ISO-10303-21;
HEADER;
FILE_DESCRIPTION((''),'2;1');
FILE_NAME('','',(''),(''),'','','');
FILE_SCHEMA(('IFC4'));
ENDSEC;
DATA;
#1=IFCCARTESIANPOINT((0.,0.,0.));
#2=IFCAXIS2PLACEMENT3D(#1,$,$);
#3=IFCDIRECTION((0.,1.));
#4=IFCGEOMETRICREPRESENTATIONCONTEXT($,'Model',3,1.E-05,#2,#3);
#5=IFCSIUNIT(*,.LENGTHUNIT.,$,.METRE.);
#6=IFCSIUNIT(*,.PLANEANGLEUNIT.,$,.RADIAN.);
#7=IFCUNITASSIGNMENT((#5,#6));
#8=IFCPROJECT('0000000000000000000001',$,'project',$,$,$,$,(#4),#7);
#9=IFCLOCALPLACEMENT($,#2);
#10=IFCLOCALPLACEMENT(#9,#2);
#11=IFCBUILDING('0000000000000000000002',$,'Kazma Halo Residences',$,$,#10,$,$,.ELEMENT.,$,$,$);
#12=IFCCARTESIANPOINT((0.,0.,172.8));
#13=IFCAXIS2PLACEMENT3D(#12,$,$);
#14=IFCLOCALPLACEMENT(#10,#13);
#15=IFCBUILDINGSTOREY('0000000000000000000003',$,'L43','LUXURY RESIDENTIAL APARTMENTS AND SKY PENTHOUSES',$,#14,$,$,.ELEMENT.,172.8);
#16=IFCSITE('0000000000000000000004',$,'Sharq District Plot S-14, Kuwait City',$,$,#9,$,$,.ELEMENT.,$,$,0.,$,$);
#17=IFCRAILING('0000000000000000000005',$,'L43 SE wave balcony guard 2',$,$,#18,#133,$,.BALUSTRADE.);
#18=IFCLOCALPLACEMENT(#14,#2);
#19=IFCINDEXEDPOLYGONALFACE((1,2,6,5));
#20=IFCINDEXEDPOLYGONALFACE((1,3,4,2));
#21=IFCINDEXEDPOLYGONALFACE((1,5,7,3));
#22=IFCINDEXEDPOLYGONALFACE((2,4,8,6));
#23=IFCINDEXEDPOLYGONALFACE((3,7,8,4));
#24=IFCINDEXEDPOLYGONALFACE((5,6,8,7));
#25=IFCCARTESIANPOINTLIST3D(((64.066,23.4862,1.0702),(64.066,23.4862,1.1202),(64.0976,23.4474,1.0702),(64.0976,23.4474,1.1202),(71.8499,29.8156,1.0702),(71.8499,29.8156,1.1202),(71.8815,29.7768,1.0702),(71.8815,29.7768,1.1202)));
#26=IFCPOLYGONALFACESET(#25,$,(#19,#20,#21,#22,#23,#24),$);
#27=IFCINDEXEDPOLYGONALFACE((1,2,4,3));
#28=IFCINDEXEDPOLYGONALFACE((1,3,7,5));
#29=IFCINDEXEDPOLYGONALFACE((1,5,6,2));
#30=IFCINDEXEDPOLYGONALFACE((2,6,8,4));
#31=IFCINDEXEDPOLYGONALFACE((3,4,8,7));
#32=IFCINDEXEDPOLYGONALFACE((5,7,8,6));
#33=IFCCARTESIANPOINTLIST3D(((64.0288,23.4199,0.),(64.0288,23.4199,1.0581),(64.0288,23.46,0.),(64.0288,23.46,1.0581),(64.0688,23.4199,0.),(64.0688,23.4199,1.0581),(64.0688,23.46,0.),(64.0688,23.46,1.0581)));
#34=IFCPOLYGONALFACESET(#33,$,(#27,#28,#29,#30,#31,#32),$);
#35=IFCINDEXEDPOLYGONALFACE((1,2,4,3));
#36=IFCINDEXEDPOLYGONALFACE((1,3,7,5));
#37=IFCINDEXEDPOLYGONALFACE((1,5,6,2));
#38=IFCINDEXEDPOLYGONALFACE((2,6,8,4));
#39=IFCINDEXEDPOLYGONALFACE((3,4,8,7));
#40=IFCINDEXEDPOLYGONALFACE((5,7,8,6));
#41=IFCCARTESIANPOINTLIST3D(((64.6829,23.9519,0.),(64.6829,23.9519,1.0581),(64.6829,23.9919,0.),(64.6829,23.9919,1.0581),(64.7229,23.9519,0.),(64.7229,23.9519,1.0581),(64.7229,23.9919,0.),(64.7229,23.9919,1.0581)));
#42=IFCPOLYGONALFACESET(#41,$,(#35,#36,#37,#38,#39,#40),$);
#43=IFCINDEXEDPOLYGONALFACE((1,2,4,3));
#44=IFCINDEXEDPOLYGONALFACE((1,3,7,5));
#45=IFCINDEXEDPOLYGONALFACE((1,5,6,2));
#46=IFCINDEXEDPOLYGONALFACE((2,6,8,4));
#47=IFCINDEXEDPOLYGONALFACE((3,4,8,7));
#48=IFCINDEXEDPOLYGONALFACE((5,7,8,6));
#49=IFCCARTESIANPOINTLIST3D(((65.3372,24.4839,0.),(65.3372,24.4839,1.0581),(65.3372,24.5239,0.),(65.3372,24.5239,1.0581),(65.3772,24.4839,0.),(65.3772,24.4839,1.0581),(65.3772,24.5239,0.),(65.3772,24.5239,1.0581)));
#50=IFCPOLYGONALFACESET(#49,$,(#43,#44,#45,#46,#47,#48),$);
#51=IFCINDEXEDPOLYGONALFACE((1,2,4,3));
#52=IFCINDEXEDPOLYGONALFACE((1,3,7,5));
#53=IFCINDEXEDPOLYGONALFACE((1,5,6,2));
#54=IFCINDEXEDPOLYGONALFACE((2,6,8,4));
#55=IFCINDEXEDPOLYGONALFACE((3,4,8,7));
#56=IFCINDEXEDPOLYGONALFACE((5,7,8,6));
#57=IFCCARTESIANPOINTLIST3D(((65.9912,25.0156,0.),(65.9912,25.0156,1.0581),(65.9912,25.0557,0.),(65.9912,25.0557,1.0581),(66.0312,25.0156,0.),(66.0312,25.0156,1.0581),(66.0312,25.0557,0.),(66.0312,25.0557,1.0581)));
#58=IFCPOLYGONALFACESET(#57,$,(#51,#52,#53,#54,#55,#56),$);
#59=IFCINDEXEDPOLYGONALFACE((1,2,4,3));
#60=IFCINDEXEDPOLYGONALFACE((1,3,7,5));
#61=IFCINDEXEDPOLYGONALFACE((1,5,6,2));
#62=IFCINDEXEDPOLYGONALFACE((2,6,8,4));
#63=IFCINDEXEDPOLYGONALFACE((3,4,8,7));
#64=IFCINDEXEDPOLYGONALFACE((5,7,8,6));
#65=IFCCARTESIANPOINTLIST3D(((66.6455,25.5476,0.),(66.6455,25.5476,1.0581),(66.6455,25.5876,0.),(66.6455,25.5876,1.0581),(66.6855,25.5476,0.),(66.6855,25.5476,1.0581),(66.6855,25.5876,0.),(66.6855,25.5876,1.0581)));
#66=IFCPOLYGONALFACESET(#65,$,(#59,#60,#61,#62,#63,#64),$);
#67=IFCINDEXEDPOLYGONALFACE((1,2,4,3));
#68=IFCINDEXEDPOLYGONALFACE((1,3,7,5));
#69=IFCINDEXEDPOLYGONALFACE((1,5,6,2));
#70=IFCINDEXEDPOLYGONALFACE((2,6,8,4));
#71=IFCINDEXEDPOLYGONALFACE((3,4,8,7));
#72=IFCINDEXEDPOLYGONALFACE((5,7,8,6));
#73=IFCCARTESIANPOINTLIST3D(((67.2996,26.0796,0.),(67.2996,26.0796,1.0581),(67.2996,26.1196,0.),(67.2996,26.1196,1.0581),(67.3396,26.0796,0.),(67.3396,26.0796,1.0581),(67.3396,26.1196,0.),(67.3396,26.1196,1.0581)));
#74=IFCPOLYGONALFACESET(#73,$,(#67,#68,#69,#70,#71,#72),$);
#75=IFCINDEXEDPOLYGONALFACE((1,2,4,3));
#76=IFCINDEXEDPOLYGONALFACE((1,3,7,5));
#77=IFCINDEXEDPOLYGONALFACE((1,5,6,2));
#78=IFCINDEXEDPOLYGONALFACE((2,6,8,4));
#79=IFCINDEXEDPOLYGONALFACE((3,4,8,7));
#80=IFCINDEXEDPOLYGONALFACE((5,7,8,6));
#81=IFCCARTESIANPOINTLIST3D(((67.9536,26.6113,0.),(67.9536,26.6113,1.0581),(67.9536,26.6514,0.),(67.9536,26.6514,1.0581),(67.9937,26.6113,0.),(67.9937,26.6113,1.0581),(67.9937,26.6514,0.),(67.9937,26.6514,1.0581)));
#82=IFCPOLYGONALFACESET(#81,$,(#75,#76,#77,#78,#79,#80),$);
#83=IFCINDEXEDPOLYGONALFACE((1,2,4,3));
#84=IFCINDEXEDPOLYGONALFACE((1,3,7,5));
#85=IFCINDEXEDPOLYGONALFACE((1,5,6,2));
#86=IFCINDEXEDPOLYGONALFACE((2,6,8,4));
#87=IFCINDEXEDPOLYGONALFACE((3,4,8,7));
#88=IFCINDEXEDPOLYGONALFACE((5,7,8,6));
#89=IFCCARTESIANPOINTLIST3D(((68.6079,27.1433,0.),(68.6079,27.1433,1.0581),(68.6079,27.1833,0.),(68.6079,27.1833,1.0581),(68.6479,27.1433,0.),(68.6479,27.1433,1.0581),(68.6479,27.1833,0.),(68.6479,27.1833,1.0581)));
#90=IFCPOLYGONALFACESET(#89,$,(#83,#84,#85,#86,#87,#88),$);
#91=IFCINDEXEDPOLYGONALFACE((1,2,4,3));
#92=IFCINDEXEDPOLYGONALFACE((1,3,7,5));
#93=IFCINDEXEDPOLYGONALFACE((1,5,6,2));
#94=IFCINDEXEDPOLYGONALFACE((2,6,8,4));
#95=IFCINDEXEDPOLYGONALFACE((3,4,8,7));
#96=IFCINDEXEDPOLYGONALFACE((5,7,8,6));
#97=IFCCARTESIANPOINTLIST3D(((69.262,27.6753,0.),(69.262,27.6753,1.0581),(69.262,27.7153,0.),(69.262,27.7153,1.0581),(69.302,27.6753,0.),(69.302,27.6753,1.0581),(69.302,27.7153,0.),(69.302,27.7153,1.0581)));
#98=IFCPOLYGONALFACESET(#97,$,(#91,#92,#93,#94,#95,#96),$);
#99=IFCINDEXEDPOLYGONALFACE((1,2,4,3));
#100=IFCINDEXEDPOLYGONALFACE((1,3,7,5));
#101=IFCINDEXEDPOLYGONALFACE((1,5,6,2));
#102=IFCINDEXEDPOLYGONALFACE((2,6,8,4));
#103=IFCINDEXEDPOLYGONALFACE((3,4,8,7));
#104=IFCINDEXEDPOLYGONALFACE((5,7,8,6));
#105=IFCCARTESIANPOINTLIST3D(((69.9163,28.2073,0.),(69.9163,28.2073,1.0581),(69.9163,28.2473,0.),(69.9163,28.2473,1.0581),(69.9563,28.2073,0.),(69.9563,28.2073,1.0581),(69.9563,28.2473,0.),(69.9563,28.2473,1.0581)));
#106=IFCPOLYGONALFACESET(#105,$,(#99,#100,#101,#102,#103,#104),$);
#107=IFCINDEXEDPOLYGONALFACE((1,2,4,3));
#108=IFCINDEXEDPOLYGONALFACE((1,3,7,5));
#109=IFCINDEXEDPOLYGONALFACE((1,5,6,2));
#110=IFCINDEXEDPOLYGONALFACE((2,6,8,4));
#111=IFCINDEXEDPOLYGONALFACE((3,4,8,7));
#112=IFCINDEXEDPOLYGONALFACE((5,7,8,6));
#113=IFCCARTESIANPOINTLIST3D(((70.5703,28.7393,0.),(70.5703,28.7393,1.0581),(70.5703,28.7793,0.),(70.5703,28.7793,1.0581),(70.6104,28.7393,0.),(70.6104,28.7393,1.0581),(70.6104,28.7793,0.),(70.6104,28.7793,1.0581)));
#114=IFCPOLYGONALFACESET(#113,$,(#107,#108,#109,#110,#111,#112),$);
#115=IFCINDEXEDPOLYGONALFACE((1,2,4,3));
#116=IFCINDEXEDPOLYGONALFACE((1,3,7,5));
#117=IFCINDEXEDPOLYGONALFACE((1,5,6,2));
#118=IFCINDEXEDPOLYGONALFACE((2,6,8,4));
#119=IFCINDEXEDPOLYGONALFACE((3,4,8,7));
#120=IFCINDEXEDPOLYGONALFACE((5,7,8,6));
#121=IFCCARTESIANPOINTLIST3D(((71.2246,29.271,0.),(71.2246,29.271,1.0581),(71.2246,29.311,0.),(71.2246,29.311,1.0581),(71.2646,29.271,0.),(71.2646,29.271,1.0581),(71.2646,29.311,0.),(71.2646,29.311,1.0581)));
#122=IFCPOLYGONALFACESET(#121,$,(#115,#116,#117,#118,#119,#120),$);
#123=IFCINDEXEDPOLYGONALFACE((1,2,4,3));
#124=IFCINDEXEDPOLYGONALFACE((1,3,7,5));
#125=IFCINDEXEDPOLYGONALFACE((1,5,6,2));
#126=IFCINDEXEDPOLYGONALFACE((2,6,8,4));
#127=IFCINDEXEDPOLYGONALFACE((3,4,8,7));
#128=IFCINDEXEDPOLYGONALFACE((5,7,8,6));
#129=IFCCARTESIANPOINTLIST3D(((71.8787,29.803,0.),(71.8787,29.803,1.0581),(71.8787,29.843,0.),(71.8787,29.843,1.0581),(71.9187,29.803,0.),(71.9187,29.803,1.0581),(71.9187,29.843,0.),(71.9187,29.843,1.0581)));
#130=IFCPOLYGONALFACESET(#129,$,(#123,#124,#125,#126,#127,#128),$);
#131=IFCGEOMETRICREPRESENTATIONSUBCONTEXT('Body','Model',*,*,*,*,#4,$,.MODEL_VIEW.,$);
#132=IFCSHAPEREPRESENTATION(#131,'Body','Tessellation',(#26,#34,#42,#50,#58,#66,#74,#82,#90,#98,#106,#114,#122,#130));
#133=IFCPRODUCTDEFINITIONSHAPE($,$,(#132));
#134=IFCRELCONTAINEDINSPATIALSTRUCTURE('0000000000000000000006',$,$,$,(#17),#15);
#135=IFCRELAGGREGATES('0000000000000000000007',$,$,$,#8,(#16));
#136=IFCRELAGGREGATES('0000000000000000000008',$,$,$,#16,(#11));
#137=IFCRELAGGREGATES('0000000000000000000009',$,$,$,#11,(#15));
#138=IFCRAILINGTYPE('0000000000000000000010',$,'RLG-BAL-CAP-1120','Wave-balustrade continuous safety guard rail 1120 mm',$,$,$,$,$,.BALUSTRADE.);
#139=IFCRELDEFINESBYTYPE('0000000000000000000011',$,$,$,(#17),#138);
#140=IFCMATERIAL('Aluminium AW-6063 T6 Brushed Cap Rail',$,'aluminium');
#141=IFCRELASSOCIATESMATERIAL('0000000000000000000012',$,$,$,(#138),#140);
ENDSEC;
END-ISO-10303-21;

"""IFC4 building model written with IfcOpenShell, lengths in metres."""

from ifc_helpers import new_model, si_unit, direction, frame, origin, origin_2d, place, context, subcontext, project, spatial, rectangle, extrude, material, type_object, element, save


model = new_model("IFC4")

# Units and contexts
model_context = context("Model", 3, precision=1e-05, world=origin(), true_north=direction((0.0, 1.0)))
body_context = subcontext(model_context, "Body", "Model", "MODEL_VIEW")
ifc_project = project(units=[si_unit("LENGTHUNIT", "METRE"), si_unit("PLANEANGLEUNIT", "RADIAN")], contexts=[model_context])

# Site, building, storey
site_placement = place(None, origin())
site = spatial("IfcSite", under=ifc_project, at=site_placement, Name="Sharq District Plot S-14, Kuwait City", CompositionType="ELEMENT", RefElevation=0.0)
building_placement = place(site_placement, origin())
building = spatial("IfcBuilding", under=site, at=building_placement, Name="Kazma Halo Residences", CompositionType="ELEMENT")
storey_placement = place(building_placement, frame((0.0, 0.0, 172.8)))
storey = spatial("IfcBuildingStorey", under=building, at=storey_placement, Name="L43", Description="LUXURY RESIDENTIAL APARTMENTS AND SKY PENTHOUSES", CompositionType="ELEMENT", Elevation=172.8)

# Railing
ifc_material_1 = material(Name="Aluminium AW-6063 T6 Brushed Cap Rail", Category="aluminium")
railing_type = type_object("IfcRailingType", Name="RLG-BAL-CAP-1120", Description="Wave-balustrade continuous safety guard rail 1120 mm", PredefinedType="BALUSTRADE", material=ifc_material_1)
railing_1_placement = place(storey_placement, frame((64.0488, 23.4399, 0.0)))
element("IfcRailing", 1, at=railing_1_placement, inside=storey, type_object=railing_type, Name="L43 SE wave balcony guard 2", PredefinedType="BALUSTRADE", context=body_context, shape_type="SweptSolid", body=[
    extrude(rectangle(XDim=0.05, YDim=0.05, at=origin_2d()), frame((0.033, 0.0269, 1.0952), z_axis=(0.77587, 0.630893, 0.0), x_axis=(-0.630893, 0.77587, 0.0)), (0.0, 0.0, 1.0), 10.0325),
    extrude(rectangle(XDim=0.04, YDim=0.04, at=origin_2d()), origin(), (0.0, 0.0, 1.0), 1.0581),
    extrude(rectangle(XDim=0.04, YDim=0.04, at=origin_2d()), frame((0.6541, 0.532, 0.0)), (0.0, 0.0, 1.0), 1.0581),
    extrude(rectangle(XDim=0.04, YDim=0.04, at=origin_2d()), frame((1.3083, 1.064, 0.0)), (0.0, 0.0, 1.0), 1.0581),
    extrude(rectangle(XDim=0.04, YDim=0.04, at=origin_2d()), frame((1.9624, 1.5957, 0.0)), (0.0, 0.0, 1.0), 1.0581),
    extrude(rectangle(XDim=0.04, YDim=0.04, at=origin_2d()), frame((2.6167, 2.1277, 0.0)), (0.0, 0.0, 1.0), 1.0581),
    extrude(rectangle(XDim=0.04, YDim=0.04, at=origin_2d()), frame((3.2708, 2.6597, 0.0)), (0.0, 0.0, 1.0), 1.0581),
    extrude(rectangle(XDim=0.04, YDim=0.04, at=origin_2d()), frame((3.9248, 3.1914, 0.0)), (0.0, 0.0, 1.0), 1.0581),
    extrude(rectangle(XDim=0.04, YDim=0.04, at=origin_2d()), frame((4.5791, 3.7234, 0.0)), (0.0, 0.0, 1.0), 1.0581),
    extrude(rectangle(XDim=0.04, YDim=0.04, at=origin_2d()), frame((5.2332, 4.2554, 0.0)), (0.0, 0.0, 1.0), 1.0581),
    extrude(rectangle(XDim=0.04, YDim=0.04, at=origin_2d()), frame((5.8875, 4.7874, 0.0)), (0.0, 0.0, 1.0), 1.0581),
    extrude(rectangle(XDim=0.04, YDim=0.04, at=origin_2d()), frame((6.5415, 5.3193, 0.0)), (0.0, 0.0, 1.0), 1.0581),
    extrude(rectangle(XDim=0.04, YDim=0.04, at=origin_2d()), frame((7.1958, 5.8511, 0.0)), (0.0, 0.0, 1.0), 1.0581),
    extrude(rectangle(XDim=0.04, YDim=0.04, at=origin_2d()), frame((7.8499, 6.3831, 0.0)), (0.0, 0.0, 1.0), 1.0581),
])

save(model, "model.ifc")
